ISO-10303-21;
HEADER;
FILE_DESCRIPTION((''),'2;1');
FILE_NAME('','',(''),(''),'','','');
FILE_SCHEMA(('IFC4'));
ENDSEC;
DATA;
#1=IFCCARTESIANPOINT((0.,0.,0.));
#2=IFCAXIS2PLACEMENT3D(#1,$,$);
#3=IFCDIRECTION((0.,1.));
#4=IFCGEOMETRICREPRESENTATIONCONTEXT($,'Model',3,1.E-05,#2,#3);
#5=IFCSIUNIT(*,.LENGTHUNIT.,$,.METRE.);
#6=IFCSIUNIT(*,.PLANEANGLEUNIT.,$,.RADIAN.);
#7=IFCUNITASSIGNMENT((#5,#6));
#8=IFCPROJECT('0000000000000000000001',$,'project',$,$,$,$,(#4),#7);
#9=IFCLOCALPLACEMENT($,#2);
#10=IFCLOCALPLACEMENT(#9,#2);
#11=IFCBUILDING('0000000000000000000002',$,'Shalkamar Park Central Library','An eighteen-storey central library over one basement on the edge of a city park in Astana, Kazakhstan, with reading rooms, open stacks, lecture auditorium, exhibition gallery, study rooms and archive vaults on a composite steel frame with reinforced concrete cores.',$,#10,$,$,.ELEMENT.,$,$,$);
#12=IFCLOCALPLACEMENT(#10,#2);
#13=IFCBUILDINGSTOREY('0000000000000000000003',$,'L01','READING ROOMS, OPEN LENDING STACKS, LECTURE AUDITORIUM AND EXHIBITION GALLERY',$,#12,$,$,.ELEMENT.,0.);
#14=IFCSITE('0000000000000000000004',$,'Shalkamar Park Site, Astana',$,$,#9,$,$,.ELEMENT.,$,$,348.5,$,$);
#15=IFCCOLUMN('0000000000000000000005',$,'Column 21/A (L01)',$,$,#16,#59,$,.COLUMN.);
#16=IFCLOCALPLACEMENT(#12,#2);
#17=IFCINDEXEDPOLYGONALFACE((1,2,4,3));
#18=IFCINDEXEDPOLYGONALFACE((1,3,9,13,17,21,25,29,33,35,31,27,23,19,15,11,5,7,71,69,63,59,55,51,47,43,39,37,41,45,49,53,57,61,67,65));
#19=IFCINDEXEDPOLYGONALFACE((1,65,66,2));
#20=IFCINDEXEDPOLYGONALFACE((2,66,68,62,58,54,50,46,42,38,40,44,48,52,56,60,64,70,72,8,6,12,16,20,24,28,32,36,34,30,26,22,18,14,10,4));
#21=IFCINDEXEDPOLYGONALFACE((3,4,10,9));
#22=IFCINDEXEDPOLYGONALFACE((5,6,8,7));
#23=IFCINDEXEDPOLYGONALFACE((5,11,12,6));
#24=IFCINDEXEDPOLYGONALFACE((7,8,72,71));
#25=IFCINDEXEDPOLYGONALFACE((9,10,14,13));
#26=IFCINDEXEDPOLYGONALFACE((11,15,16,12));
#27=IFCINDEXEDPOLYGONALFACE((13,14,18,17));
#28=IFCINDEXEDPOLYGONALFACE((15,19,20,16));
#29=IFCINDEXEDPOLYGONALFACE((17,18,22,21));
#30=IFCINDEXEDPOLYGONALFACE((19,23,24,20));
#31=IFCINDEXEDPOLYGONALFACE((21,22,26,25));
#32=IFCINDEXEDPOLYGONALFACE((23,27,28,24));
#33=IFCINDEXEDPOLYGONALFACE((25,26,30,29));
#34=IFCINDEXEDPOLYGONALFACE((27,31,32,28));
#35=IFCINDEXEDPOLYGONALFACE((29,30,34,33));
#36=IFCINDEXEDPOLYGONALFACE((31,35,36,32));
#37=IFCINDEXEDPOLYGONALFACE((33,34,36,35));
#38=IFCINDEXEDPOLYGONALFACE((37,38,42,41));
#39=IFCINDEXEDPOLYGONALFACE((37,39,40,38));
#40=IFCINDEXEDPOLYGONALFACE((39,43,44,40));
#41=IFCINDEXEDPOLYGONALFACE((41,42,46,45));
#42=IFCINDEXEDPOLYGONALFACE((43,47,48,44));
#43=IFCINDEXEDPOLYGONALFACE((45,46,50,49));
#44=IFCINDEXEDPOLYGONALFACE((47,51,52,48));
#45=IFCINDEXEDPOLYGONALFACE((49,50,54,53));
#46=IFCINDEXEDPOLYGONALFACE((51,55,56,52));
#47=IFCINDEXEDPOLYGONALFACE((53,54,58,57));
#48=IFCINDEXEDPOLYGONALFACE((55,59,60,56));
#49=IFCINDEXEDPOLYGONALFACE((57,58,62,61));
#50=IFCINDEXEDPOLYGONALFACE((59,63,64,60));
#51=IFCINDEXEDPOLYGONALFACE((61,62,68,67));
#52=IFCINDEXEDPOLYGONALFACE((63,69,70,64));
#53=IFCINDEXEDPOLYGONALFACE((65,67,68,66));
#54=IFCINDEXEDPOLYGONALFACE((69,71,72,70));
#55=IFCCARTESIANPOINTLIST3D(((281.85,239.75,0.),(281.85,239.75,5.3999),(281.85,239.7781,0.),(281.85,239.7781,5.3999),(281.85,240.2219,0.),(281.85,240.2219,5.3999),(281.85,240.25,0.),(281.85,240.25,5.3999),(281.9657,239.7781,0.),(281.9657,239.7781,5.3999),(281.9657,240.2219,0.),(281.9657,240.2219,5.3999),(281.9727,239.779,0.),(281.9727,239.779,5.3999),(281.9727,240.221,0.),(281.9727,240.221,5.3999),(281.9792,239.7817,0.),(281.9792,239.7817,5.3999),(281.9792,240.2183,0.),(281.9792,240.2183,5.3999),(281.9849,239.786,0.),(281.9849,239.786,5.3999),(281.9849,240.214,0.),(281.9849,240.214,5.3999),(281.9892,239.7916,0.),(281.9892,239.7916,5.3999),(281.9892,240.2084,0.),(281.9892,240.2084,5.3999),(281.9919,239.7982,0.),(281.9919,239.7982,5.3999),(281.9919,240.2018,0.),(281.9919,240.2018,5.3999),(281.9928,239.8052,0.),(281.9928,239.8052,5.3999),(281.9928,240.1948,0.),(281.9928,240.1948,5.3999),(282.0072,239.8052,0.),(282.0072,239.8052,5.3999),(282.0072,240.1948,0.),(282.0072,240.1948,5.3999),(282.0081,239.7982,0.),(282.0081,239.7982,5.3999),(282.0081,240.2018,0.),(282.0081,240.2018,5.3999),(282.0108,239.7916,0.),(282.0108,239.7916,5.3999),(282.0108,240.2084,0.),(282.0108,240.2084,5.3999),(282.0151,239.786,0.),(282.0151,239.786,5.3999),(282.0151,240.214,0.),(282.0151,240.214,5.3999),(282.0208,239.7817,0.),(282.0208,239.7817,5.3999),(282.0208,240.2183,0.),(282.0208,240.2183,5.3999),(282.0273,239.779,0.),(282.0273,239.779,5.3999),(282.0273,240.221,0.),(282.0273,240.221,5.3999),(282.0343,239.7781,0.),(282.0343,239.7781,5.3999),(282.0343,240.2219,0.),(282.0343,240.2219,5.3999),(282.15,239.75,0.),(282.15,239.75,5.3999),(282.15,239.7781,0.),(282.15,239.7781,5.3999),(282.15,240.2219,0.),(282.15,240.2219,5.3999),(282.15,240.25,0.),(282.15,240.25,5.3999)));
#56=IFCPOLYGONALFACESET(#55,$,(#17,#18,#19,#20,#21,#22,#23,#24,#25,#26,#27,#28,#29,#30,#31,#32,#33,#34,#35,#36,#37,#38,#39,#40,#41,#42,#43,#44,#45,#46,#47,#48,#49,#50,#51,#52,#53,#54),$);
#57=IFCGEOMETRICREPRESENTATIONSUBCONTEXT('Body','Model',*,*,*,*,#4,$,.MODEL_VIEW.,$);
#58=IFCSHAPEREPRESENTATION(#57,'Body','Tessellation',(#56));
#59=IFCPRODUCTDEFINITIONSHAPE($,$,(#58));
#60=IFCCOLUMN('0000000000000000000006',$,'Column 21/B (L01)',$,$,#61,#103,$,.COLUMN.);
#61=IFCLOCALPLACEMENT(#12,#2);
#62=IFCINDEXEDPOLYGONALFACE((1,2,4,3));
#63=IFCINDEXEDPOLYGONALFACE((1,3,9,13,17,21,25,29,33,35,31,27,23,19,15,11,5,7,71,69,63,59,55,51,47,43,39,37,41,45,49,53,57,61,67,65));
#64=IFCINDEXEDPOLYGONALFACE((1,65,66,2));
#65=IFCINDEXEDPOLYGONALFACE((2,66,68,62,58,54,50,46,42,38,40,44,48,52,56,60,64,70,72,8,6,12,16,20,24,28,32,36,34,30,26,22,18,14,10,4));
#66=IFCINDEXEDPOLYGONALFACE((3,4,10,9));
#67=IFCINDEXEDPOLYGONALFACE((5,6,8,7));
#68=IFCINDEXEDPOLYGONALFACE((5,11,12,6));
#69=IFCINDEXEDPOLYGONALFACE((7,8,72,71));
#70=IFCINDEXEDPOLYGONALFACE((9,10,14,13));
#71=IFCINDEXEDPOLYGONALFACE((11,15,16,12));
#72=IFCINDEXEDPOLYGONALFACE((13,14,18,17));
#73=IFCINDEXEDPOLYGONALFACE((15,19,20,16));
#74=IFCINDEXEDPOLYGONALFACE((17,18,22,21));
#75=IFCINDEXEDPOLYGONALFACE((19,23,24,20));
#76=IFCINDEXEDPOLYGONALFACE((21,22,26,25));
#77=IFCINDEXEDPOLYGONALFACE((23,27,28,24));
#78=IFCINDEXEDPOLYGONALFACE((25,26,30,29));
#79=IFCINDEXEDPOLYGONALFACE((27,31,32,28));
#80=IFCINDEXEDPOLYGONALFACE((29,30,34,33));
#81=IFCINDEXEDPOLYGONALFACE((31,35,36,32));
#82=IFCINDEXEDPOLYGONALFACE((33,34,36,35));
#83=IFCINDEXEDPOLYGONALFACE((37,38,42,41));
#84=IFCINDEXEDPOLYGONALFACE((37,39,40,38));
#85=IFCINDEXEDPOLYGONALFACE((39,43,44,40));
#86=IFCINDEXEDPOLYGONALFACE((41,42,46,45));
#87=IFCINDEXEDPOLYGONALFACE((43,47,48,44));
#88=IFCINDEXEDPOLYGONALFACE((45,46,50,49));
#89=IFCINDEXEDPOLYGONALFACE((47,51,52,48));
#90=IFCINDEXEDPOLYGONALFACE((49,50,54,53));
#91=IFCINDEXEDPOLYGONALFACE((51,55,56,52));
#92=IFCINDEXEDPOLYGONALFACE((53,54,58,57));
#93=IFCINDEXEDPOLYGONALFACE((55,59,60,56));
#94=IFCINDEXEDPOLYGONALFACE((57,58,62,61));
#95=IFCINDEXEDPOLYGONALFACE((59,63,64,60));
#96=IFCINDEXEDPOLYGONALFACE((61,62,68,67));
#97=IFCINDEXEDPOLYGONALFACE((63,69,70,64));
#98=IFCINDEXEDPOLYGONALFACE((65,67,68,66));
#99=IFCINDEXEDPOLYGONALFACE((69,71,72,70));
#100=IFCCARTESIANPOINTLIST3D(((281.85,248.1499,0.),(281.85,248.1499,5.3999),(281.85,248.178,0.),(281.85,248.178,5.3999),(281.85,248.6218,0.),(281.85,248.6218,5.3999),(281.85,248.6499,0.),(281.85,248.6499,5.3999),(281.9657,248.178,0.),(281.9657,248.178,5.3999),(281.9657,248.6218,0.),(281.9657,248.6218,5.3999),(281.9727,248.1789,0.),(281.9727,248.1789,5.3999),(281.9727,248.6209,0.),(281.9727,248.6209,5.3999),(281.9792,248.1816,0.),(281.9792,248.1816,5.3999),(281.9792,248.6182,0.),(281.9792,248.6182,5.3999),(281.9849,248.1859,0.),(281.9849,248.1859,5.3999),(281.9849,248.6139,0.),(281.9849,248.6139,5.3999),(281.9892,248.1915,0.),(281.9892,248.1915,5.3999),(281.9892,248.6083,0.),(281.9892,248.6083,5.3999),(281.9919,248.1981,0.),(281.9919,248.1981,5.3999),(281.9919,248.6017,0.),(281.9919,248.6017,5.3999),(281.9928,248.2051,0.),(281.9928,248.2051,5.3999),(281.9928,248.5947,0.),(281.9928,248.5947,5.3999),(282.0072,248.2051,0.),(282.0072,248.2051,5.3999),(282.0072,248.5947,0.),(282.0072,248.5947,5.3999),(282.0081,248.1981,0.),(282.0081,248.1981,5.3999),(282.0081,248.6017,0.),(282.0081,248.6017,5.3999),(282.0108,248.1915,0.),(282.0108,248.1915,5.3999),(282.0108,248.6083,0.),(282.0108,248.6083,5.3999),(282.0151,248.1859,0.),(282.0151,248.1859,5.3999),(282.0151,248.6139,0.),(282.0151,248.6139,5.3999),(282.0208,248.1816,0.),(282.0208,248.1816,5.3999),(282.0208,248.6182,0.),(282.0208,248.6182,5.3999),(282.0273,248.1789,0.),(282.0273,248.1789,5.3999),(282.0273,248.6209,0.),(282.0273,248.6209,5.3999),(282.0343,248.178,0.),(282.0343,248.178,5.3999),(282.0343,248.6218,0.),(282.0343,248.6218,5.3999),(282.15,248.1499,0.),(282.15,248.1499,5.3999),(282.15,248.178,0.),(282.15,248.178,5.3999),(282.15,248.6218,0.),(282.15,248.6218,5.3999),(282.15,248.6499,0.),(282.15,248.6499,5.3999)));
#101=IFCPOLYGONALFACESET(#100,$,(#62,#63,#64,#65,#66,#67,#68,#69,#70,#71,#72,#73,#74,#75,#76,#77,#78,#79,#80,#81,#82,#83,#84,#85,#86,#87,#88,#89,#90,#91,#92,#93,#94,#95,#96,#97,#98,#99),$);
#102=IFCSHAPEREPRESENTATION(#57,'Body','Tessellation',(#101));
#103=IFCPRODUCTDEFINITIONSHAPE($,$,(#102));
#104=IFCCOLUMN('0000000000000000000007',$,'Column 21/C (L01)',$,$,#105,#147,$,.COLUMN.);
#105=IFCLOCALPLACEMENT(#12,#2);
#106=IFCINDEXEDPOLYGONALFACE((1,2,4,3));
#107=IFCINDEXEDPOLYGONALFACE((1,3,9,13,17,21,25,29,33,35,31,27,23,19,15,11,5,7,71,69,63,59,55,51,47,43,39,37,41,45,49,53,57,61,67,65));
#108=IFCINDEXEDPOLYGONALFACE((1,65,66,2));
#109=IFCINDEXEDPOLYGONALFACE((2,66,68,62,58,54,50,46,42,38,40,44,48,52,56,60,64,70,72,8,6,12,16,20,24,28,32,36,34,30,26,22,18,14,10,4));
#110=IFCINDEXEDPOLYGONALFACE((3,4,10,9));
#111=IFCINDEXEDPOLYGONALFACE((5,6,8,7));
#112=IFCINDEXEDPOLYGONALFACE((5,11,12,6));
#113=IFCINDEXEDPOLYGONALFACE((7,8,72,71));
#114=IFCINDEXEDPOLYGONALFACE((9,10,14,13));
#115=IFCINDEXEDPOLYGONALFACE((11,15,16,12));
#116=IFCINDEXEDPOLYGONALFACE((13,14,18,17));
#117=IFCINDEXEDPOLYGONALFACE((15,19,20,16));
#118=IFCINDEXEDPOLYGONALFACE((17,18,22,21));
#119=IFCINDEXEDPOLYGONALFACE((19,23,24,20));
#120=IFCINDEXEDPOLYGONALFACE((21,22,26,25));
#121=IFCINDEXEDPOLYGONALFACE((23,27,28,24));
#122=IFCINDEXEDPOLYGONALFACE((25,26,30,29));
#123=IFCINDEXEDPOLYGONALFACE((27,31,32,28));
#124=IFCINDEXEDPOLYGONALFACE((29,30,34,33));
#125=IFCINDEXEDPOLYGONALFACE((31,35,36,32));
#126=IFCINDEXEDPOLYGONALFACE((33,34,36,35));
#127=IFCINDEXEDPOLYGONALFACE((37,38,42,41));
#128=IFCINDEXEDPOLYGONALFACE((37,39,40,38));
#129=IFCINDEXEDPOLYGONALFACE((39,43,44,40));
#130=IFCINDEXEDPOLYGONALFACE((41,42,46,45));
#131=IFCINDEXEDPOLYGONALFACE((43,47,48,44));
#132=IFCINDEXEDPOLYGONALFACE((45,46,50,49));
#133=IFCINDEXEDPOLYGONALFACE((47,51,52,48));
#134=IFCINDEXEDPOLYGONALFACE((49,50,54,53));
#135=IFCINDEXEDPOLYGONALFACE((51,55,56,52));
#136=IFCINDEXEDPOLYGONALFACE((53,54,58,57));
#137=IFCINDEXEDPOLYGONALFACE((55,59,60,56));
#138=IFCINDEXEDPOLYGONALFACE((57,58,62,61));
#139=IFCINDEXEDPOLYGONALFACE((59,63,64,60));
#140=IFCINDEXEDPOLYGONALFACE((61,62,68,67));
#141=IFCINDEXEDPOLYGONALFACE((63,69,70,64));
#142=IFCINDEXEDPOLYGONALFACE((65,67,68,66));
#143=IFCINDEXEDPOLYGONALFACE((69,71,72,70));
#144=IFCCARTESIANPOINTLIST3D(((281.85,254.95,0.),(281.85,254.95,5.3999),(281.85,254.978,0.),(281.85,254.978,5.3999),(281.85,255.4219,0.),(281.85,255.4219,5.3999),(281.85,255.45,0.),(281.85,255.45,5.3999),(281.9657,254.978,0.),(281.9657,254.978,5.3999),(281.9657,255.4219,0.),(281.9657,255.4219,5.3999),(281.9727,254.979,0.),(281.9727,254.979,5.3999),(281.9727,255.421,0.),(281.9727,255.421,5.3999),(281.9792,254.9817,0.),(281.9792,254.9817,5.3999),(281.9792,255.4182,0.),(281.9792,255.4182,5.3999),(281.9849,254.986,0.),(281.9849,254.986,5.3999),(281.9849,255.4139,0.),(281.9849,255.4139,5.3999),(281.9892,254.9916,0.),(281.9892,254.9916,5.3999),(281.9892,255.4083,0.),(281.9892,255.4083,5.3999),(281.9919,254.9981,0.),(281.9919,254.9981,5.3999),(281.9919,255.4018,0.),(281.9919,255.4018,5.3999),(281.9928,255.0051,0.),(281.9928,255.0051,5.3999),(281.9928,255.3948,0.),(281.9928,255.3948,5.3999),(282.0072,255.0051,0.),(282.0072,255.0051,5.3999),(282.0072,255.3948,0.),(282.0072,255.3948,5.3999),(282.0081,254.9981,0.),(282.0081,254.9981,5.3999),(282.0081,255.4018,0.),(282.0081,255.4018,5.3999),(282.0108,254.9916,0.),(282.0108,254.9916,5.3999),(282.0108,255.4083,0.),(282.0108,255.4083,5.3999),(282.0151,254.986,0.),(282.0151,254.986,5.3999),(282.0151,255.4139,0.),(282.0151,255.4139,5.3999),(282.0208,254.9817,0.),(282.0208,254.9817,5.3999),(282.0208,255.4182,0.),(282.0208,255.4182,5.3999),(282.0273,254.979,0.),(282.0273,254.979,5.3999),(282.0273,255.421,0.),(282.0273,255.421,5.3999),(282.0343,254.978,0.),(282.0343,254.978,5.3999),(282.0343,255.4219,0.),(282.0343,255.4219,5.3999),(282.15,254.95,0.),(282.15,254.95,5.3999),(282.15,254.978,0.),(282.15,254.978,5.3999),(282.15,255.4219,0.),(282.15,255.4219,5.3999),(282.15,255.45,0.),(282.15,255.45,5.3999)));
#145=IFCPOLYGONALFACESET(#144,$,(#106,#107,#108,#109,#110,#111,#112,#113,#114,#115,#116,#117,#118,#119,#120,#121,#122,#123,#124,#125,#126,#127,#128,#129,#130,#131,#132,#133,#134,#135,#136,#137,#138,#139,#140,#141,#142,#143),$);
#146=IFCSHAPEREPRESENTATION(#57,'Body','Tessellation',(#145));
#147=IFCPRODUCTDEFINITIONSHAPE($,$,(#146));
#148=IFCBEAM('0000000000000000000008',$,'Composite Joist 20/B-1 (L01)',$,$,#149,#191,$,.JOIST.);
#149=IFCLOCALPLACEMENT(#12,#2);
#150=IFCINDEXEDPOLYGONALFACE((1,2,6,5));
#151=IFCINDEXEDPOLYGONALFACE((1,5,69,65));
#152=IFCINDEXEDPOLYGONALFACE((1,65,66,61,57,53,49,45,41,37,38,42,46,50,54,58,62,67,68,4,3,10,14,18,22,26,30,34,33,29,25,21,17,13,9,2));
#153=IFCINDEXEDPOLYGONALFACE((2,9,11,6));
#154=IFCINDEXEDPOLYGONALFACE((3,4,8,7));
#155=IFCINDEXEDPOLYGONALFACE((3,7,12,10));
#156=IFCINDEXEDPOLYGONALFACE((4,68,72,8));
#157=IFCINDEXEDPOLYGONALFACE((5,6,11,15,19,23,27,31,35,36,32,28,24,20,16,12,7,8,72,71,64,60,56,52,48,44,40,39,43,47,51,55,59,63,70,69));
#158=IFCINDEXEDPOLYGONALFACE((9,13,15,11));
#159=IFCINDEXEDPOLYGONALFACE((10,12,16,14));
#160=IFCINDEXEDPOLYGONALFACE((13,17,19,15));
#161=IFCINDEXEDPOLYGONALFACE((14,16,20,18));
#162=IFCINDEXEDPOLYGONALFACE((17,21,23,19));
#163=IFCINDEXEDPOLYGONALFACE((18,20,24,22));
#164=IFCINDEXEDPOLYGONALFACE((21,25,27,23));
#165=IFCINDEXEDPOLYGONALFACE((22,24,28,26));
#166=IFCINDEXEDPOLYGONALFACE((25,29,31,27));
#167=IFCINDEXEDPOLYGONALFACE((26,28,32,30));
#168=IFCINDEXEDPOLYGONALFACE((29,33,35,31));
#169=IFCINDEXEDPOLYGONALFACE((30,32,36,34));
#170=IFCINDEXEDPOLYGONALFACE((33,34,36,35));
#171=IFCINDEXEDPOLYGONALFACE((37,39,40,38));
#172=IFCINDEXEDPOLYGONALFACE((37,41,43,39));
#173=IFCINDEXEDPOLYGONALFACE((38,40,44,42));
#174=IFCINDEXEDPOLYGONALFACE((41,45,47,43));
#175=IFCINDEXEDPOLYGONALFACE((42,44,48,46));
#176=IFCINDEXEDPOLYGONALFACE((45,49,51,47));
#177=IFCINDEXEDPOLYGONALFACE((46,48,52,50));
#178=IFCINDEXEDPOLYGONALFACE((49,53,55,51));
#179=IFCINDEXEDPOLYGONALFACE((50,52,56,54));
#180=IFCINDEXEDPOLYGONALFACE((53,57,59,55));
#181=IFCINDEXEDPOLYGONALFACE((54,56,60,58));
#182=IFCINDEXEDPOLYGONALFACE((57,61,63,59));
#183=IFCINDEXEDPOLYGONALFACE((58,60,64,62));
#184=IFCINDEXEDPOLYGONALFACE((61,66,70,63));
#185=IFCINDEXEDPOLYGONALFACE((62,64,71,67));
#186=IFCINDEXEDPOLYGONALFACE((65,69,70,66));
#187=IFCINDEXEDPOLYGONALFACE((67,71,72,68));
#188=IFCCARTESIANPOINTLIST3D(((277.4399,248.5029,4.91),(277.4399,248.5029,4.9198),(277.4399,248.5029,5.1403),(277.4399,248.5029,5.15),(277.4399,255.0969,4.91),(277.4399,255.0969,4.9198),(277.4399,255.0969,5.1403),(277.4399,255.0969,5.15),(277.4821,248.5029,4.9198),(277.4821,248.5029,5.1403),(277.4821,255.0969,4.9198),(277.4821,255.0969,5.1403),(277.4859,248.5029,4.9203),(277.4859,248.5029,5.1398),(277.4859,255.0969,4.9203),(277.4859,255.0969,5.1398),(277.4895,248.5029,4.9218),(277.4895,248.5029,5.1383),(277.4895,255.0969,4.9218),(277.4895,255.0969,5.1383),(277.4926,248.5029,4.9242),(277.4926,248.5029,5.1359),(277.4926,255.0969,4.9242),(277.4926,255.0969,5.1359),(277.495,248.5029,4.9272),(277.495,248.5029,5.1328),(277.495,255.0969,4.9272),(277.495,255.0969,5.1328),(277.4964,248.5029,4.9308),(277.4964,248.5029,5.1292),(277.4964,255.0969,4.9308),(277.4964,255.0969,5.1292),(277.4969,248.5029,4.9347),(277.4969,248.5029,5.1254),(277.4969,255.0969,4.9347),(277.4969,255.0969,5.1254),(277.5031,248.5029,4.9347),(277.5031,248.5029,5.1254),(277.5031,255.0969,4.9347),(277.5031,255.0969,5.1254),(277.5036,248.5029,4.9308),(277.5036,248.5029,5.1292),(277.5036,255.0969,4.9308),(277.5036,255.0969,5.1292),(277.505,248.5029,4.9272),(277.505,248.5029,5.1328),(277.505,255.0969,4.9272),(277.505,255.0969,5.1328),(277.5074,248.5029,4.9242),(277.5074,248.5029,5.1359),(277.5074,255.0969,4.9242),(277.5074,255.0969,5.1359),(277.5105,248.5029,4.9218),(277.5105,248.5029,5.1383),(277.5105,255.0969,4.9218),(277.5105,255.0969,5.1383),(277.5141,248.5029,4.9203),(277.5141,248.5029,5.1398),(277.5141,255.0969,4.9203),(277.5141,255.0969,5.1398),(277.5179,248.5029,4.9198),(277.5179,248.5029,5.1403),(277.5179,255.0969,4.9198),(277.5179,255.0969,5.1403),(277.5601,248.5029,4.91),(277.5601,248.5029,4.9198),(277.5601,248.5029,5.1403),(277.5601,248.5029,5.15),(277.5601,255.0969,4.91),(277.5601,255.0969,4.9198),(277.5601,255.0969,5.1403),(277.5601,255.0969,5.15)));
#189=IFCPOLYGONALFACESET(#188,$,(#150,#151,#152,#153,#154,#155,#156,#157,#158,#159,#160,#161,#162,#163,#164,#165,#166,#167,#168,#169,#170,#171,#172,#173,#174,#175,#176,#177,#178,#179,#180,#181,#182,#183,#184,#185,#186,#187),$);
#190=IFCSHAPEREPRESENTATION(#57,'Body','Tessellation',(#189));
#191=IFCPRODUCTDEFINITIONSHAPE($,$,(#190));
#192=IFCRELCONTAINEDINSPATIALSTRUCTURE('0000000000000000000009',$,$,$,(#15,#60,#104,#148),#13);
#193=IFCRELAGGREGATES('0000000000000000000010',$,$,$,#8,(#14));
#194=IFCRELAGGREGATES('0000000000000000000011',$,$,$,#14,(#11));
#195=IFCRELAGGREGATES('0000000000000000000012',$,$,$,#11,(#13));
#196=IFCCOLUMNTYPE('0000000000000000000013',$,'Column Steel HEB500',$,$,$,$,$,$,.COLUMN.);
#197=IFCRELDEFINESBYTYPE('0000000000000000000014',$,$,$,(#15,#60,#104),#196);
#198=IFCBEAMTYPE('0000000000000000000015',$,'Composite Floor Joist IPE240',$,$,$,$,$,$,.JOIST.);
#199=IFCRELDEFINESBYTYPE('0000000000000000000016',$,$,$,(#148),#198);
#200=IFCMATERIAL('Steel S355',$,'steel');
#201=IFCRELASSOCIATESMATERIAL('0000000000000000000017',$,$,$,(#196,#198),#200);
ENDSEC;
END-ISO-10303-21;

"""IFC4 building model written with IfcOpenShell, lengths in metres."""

from ifc_helpers import new_model, si_unit, direction, frame, origin, origin_2d, place, context, subcontext, project, spatial, i_section, extrude, material, material_profile, profile_set, type_object, element, save


model = new_model("IFC4")

# Units and contexts
model_context = context("Model", 3, precision=1e-05, world=origin(), true_north=direction((0.0, 1.0)))
body_context = subcontext(model_context, "Body", "Model", "MODEL_VIEW")
ifc_project = project(units=[si_unit("LENGTHUNIT", "METRE"), si_unit("PLANEANGLEUNIT", "RADIAN")], contexts=[model_context])

# Site, building, storey
site_placement = place(None, origin())
site = spatial("IfcSite", under=ifc_project, at=site_placement, Name="Shalkamar Park Site, Astana", CompositionType="ELEMENT", RefElevation=348.5)
building_placement = place(site_placement, origin())
building = spatial("IfcBuilding", under=site, at=building_placement, Name="Shalkamar Park Central Library", Description="An eighteen-storey central library over one basement on the edge of a city park in Astana, Kazakhstan, with reading rooms, open stacks, lecture auditorium, exhibition gallery, study rooms and archive vaults on a composite steel frame with reinforced concrete cores.", CompositionType="ELEMENT")
storey_placement = place(building_placement, origin())
storey = spatial("IfcBuildingStorey", under=building, at=storey_placement, Name="L01", Description="READING ROOMS, OPEN LENDING STACKS, LECTURE AUDITORIUM AND EXHIBITION GALLERY", CompositionType="ELEMENT", Elevation=0.0)

# Columns
ifc_material_1 = material(Name="Steel S355", Category="steel")
ifc_material_profile_1 = material_profile(ifc_material_1, i_section(OverallWidth=0.3, OverallDepth=0.5, WebThickness=0.0144, FlangeThickness=0.0281, FilletRadius=0.0271, at=origin_2d()), Name="HEB 500")
ifc_profile_set_1 = profile_set([ifc_material_profile_1], Name="Steel S355")
column_type_1 = type_object("IfcColumnType", Name="Column Steel HEB500", PredefinedType="COLUMN", material=ifc_profile_set_1)
for number, where, z_axis, x_axis, name in (
    (1, (282.0, 240.0, 0.0), (0.0, 0.0, 1.0), (1.0, 0.0, 0.0), "Column 21/A (L01)"),
    (2, (282.0, 248.3999, 0.0), (0.0, 0.0, 1.0), (1.0, 0.0, 0.0), "Column 21/B (L01)"),
    (3, (282.0, 255.2, 0.0), (0.0, 0.0, 1.0), (1.0, 0.0, 0.0), "Column 21/C (L01)"),
):
    element("IfcColumn", number, at=place(storey_placement, frame(where, z_axis=z_axis, x_axis=x_axis)), inside=storey, type_object=column_type_1, Name=name, PredefinedType="COLUMN", context=body_context, shape_type="SweptSolid", body=[
        extrude(i_section(OverallWidth=0.3, OverallDepth=0.5, WebThickness=0.0144, FlangeThickness=0.0281, FilletRadius=0.0271, at=origin_2d()), origin(), (0.0, 0.0, 1.0), 5.3999),
    ])

# Beam
ifc_material_profile_2 = material_profile(ifc_material_1, i_section(OverallWidth=0.1201, OverallDepth=0.24, WebThickness=0.0061, FlangeThickness=0.0098, FilletRadius=0.0149, at=origin_2d()), Name="IPE 240")
ifc_profile_set_2 = profile_set([ifc_material_profile_2], Name="Steel S355")
beam_type_1 = type_object("IfcBeamType", Name="Composite Floor Joist IPE240", PredefinedType="JOIST", material=ifc_profile_set_2)
beam_1_placement = place(storey_placement, frame((277.5, 248.5029, 5.03), z_axis=(0.0, 1.0, 0.0), x_axis=(-1.0, 0.0, 0.0)))
element("IfcBeam", 4, at=beam_1_placement, inside=storey, type_object=beam_type_1, Name="Composite Joist 20/B-1 (L01)", PredefinedType="JOIST", context=body_context, shape_type="SweptSolid", body=[
    extrude(i_section(OverallWidth=0.1201, OverallDepth=0.24, WebThickness=0.0061, FlangeThickness=0.0098, FilletRadius=0.0149, at=origin_2d()), origin(), (0.0, 0.0, 1.0), 6.594),
])

save(model, "model.ifc")
